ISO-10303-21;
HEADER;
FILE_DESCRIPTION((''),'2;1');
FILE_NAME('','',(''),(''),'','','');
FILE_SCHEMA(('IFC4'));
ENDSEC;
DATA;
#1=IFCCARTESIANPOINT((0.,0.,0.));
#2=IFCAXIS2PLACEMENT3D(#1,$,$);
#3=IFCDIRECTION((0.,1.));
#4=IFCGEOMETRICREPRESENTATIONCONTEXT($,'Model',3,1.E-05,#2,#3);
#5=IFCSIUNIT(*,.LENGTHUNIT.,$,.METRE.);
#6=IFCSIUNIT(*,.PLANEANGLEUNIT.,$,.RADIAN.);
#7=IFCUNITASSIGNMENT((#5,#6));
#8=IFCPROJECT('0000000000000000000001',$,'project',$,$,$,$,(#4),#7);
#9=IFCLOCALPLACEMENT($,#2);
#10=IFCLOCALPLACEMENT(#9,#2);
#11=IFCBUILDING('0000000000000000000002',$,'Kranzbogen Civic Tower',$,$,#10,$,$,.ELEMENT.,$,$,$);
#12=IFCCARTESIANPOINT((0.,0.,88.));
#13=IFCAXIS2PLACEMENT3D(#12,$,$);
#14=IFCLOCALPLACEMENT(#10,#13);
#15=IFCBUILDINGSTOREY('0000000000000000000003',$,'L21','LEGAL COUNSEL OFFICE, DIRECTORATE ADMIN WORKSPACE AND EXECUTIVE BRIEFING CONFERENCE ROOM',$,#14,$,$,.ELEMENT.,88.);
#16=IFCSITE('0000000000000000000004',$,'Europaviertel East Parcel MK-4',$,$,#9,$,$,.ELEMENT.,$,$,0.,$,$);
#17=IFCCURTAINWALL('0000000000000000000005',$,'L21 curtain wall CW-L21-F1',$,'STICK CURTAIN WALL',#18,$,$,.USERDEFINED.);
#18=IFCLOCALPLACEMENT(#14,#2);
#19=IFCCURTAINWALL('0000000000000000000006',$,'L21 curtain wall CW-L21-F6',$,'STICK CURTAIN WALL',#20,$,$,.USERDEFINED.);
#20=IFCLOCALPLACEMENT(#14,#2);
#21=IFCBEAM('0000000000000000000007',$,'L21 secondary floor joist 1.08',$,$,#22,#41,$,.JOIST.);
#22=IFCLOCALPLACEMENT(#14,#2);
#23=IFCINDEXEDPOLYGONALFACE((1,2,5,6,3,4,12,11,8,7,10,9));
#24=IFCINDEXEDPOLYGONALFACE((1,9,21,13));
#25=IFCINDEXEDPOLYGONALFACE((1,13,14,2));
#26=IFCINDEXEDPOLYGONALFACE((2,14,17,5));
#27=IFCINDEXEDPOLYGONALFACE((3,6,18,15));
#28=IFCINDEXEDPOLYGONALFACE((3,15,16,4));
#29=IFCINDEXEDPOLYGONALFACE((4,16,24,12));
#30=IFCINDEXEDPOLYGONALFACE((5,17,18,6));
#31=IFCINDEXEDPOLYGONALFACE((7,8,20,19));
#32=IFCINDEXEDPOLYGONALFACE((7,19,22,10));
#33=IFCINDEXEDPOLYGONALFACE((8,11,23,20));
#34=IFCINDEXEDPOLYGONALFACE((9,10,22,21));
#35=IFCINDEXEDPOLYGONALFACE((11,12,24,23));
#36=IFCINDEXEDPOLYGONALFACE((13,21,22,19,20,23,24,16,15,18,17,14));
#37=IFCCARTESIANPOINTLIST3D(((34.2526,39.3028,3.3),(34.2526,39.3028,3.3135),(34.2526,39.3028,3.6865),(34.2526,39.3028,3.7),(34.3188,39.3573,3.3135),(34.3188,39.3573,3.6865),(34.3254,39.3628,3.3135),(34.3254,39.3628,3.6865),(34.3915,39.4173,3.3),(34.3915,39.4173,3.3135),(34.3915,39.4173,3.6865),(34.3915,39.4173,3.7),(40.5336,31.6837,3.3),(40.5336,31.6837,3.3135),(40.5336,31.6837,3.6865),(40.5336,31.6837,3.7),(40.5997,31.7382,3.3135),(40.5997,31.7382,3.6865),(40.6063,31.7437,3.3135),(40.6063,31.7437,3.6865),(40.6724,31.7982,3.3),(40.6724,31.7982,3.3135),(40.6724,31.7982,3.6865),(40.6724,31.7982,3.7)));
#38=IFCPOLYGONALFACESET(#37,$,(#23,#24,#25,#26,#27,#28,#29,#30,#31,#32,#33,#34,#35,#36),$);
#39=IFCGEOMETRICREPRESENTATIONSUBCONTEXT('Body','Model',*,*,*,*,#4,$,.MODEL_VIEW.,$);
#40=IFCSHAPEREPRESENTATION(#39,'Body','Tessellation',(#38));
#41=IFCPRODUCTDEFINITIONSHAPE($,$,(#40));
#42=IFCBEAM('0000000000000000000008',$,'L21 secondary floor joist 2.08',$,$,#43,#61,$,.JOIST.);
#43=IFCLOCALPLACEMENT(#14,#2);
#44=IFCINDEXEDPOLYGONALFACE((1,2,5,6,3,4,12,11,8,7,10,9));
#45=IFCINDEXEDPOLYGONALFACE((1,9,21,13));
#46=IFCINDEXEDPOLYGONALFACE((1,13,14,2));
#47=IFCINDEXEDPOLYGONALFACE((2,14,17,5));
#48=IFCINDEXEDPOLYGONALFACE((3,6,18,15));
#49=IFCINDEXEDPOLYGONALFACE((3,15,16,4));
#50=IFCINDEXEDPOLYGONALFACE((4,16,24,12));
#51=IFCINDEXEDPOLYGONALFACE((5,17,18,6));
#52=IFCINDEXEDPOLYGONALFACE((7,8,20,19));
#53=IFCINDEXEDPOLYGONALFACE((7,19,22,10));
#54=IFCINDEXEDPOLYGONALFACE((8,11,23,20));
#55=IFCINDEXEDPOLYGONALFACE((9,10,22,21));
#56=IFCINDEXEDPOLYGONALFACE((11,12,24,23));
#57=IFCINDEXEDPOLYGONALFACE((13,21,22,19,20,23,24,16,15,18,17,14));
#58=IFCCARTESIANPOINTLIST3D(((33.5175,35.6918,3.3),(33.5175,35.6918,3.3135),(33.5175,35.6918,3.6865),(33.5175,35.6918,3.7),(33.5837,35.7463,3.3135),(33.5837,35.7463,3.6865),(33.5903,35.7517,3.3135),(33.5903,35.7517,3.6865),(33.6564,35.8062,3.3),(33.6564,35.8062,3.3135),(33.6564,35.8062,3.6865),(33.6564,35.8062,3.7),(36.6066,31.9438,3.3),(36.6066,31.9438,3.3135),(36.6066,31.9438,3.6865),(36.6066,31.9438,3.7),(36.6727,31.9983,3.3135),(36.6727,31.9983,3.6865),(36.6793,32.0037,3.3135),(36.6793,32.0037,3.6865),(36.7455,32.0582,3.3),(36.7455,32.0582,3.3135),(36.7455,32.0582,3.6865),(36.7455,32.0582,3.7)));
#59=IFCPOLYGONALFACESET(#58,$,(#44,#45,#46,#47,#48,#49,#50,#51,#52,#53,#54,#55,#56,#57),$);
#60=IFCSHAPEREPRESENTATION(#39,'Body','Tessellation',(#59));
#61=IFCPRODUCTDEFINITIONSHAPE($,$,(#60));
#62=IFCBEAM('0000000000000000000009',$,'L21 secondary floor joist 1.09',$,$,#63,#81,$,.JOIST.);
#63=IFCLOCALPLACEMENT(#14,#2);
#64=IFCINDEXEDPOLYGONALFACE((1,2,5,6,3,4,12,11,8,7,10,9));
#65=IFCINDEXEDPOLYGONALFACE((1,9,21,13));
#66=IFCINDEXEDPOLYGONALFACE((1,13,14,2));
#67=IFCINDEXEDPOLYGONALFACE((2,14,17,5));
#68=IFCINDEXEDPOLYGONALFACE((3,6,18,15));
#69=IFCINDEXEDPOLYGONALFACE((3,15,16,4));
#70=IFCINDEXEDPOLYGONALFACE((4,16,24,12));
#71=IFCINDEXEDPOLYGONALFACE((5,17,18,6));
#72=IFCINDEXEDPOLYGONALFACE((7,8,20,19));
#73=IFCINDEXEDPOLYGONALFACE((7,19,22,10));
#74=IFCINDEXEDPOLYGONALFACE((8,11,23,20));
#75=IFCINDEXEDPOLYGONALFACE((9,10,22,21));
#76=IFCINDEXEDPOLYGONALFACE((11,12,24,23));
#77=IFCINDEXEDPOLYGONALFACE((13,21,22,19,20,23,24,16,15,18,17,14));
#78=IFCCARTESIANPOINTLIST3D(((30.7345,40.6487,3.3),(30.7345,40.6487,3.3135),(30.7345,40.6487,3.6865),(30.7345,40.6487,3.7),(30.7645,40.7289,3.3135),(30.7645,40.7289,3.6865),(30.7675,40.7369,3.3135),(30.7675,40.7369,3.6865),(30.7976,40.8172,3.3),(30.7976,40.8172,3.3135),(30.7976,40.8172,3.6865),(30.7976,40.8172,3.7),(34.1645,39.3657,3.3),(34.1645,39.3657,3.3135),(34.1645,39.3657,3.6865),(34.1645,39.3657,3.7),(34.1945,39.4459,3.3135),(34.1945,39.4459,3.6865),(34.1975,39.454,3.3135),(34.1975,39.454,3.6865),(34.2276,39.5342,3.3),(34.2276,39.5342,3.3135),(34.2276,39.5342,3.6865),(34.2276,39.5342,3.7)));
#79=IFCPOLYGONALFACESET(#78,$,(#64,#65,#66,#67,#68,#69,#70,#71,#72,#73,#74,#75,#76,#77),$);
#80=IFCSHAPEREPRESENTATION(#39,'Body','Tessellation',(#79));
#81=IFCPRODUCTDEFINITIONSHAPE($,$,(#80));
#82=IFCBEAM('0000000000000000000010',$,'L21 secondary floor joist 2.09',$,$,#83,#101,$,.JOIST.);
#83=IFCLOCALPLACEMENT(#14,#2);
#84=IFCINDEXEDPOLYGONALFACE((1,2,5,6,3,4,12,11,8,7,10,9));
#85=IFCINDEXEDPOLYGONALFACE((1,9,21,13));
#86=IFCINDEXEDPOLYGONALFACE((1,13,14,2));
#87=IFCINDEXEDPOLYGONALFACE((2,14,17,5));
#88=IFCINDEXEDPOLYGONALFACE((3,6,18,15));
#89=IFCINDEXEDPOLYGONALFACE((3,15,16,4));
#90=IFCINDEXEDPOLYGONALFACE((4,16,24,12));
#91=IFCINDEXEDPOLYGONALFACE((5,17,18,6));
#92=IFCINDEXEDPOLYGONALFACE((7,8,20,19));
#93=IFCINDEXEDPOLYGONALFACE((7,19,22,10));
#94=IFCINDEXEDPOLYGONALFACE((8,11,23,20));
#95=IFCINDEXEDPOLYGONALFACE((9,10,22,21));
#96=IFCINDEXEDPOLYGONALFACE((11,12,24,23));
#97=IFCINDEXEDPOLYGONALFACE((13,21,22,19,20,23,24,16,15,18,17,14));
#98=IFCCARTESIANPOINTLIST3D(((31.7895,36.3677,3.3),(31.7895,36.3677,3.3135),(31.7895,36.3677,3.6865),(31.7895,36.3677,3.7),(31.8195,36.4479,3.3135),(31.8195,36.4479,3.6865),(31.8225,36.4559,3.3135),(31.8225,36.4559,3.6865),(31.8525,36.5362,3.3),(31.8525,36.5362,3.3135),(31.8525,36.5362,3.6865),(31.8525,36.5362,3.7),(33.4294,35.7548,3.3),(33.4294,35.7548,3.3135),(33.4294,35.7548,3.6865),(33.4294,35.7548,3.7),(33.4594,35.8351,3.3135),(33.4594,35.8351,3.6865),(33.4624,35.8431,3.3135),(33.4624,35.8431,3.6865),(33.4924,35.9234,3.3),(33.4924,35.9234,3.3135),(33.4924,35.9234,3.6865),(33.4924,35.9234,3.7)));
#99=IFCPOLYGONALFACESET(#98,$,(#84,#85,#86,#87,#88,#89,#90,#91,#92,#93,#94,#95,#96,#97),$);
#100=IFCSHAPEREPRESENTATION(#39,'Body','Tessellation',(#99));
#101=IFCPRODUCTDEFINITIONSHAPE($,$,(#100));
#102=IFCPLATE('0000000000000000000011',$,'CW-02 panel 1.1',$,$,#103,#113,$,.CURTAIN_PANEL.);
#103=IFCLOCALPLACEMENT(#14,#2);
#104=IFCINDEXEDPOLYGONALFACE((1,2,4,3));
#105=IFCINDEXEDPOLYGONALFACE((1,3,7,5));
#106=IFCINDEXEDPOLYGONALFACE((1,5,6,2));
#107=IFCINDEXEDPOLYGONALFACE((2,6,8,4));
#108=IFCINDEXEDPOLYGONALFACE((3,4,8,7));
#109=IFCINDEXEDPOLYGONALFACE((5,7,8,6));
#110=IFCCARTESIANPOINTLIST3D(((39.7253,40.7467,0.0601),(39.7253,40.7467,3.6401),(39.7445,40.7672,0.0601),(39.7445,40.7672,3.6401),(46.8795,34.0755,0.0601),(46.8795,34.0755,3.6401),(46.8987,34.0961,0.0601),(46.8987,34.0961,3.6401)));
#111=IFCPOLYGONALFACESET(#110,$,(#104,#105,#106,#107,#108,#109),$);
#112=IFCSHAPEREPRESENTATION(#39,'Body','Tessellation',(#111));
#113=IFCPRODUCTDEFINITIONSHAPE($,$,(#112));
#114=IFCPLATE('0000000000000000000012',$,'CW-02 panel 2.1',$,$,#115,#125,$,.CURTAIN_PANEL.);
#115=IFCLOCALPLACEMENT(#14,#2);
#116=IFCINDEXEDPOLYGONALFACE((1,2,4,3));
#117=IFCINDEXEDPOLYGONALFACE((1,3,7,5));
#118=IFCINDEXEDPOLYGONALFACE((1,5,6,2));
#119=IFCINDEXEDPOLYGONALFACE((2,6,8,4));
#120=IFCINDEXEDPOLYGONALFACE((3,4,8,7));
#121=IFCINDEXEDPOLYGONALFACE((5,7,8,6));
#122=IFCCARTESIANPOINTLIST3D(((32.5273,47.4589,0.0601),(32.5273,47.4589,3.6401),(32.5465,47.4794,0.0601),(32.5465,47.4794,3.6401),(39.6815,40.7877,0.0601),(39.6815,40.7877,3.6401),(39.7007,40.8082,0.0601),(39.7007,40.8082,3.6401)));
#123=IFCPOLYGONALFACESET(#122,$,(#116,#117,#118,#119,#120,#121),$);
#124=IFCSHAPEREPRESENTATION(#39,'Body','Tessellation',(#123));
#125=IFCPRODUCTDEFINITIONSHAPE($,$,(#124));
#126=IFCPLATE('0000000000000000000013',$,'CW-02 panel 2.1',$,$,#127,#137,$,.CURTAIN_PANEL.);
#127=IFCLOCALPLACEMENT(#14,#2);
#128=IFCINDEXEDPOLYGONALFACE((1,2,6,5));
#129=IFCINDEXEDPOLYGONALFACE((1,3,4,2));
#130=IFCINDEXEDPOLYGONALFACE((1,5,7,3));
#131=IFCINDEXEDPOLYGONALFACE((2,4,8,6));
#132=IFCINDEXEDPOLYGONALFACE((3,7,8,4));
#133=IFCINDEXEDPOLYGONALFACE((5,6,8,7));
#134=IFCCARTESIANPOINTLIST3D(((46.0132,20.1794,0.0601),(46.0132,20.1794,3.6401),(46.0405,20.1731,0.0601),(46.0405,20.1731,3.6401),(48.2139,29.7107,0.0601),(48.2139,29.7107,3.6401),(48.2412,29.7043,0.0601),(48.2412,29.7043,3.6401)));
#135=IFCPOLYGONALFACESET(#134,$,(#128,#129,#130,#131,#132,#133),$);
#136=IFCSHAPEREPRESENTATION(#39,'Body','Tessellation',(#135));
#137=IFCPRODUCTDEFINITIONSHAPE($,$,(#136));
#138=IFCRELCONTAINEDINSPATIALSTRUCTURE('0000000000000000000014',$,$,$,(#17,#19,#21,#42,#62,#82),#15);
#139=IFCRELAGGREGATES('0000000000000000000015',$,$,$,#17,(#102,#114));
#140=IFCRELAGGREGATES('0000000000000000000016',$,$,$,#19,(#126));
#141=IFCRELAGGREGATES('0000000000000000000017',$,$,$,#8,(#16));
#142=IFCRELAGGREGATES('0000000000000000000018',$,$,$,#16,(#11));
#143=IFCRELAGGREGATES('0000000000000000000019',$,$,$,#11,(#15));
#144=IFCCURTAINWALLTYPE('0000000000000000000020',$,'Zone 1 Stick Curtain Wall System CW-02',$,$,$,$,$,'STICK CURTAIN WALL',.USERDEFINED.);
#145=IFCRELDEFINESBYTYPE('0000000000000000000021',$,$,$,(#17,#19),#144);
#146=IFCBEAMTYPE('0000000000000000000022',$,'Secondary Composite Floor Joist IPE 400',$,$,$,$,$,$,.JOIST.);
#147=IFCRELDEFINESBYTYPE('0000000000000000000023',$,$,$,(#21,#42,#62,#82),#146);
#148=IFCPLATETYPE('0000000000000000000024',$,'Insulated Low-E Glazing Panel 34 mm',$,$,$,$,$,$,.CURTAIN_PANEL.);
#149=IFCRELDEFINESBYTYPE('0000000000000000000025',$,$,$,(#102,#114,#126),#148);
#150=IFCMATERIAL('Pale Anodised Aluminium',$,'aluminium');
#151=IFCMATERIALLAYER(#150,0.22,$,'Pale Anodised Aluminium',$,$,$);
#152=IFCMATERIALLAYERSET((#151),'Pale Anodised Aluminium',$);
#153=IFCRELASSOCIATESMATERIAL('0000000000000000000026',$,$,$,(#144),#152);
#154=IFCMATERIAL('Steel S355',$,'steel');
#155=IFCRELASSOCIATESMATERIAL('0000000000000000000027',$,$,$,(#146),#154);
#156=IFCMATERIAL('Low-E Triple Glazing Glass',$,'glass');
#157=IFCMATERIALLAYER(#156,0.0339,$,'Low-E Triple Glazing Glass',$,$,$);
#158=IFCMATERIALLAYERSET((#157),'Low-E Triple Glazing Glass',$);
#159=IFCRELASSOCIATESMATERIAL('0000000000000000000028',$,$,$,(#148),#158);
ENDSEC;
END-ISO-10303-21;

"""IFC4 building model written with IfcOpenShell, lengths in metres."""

from ifc_helpers import new_model, si_unit, direction, frame, origin, origin_2d, place, context, subcontext, project, spatial, rectangle, i_section, extrude, material, layer, layer_set, material_profile, profile_set, type_object, element, aggregate, save


model = new_model("IFC4")

# Units and contexts
model_context = context("Model", 3, precision=1e-05, world=origin(), true_north=direction((0.0, 1.0)))
body_context = subcontext(model_context, "Body", "Model", "MODEL_VIEW")
ifc_project = project(units=[si_unit("LENGTHUNIT", "METRE"), si_unit("PLANEANGLEUNIT", "RADIAN")], contexts=[model_context])

# Site, building, storey
site_placement = place(None, origin())
site = spatial("IfcSite", under=ifc_project, at=site_placement, Name="Europaviertel East Parcel MK-4", CompositionType="ELEMENT", RefElevation=0.0)
building_placement = place(site_placement, origin())
building = spatial("IfcBuilding", under=site, at=building_placement, Name="Kranzbogen Civic Tower", CompositionType="ELEMENT")
storey_placement = place(building_placement, frame((0.0, 0.0, 88.0)))
storey = spatial("IfcBuildingStorey", under=building, at=storey_placement, Name="L21", Description="LEGAL COUNSEL OFFICE, DIRECTORATE ADMIN WORKSPACE AND EXECUTIVE BRIEFING CONFERENCE ROOM", CompositionType="ELEMENT", Elevation=88.0)

# Shared definitions
ifc_material_1 = material(Name="Steel S355", Category="steel")

# Curtain wall
ifc_material_2 = material(Name="Pale Anodised Aluminium", Category="aluminium")
ifc_layer_1 = layer(ifc_material_2, 0.22, Name="Pale Anodised Aluminium")
ifc_layer_set_1 = layer_set([ifc_layer_1], Name="Pale Anodised Aluminium")
curtain_wall_type = type_object("IfcCurtainWallType", Name="Zone 1 Stick Curtain Wall System CW-02", ElementType="STICK CURTAIN WALL", PredefinedType="USERDEFINED", material=ifc_layer_set_1)
curtain_wall_1_placement = place(storey_placement, origin())
curtain_wall_1 = element("IfcCurtainWall", 1, at=curtain_wall_1_placement, inside=storey, type_object=curtain_wall_type, Name="L21 curtain wall CW-L21-F1", ObjectType="STICK CURTAIN WALL", PredefinedType="USERDEFINED")

# Curtain wall
curtain_wall_2_placement = place(storey_placement, origin())
curtain_wall_2 = element("IfcCurtainWall", 2, at=curtain_wall_2_placement, inside=storey, type_object=curtain_wall_type, Name="L21 curtain wall CW-L21-F6", ObjectType="STICK CURTAIN WALL", PredefinedType="USERDEFINED")

# Beams
ifc_material_profile_1 = material_profile(ifc_material_1, i_section(OverallWidth=0.1799, OverallDepth=0.3999, WebThickness=0.0085, FlangeThickness=0.0134, at=origin_2d()), Name="IPE 400")
ifc_profile_set_1 = profile_set([ifc_material_profile_1], Name="Steel S355")
beam_type_1 = type_object("IfcBeamType", Name="Secondary Composite Floor Joist IPE 400", PredefinedType="JOIST", material=ifc_profile_set_1)
beam_1_placement = place(storey_placement, frame((40.603, 31.741, 3.5), z_axis=(-0.636095, 0.771611, 0.0), x_axis=(-0.771611, -0.636095, 0.0)))
element("IfcBeam", 3, at=beam_1_placement, inside=storey, type_object=beam_type_1, Name="L21 secondary floor joist 1.08", PredefinedType="JOIST", context=body_context, shape_type="SweptSolid", body=[
    extrude(i_section(OverallWidth=0.1799, OverallDepth=0.3999, WebThickness=0.0085, FlangeThickness=0.0134, at=origin_2d()), origin(), (0.0, 0.0, 1.0), 9.8743),
])
beam_2_placement = place(storey_placement, frame((36.676, 32.001, 3.5), z_axis=(-0.636012, 0.771679, 0.0), x_axis=(-0.771679, -0.636012, 0.0)))
element("IfcBeam", 4, at=beam_2_placement, inside=storey, type_object=beam_type_1, Name="L21 secondary floor joist 2.08", PredefinedType="JOIST", context=body_context, shape_type="SweptSolid", body=[
    extrude(i_section(OverallWidth=0.1799, OverallDepth=0.3999, WebThickness=0.0085, FlangeThickness=0.0134, at=origin_2d()), origin(), (0.0, 0.0, 1.0), 4.8569),
])
beam_3_placement = place(storey_placement, frame((34.196, 39.45, 3.5), z_axis=(-0.936622, 0.350342, 0.0), x_axis=(-0.350342, -0.936622, 0.0)))
element("IfcBeam", 5, at=beam_3_placement, inside=storey, type_object=beam_type_1, Name="L21 secondary floor joist 1.09", PredefinedType="JOIST", context=body_context, shape_type="SweptSolid", body=[
    extrude(i_section(OverallWidth=0.1799, OverallDepth=0.3999, WebThickness=0.0085, FlangeThickness=0.0134, at=origin_2d()), origin(), (0.0, 0.0, 1.0), 3.6621),
])
beam_4_placement = place(storey_placement, frame((33.4609, 35.8391, 3.5), z_axis=(-0.936735, 0.350038, 0.0), x_axis=(-0.350038, -0.936735, 0.0)))
element("IfcBeam", 6, at=beam_4_placement, inside=storey, type_object=beam_type_1, Name="L21 secondary floor joist 2.09", PredefinedType="JOIST", context=body_context, shape_type="SweptSolid", body=[
    extrude(i_section(OverallWidth=0.1799, OverallDepth=0.3999, WebThickness=0.0085, FlangeThickness=0.0134, at=origin_2d()), origin(), (0.0, 0.0, 1.0), 1.7507),
])

# Plates
ifc_material_3 = material(Name="Low-E Triple Glazing Glass", Category="glass")
ifc_layer_2 = layer(ifc_material_3, 0.0339, Name="Low-E Triple Glazing Glass")
ifc_layer_set_2 = layer_set([ifc_layer_2], Name="Low-E Triple Glazing Glass")
plate_type = type_object("IfcPlateType", Name="Insulated Low-E Glazing Panel 34 mm", PredefinedType="CURTAIN_PANEL", material=ifc_layer_set_2)
plate_1_placement = place(storey_placement, frame((43.312, 37.4214, 0.0601), z_axis=(0.0, 0.0, 1.0), x_axis=(-0.731367, 0.681984, 0.0)))
plate_1 = element("IfcPlate", 7, at=plate_1_placement, type_object=plate_type, Name="CW-02 panel 1.1", PredefinedType="CURTAIN_PANEL", context=body_context, shape_type="SweptSolid", body=[
    extrude(rectangle(XDim=9.782, YDim=0.0281, at=origin_2d()), origin(), (0.0, 0.0, 1.0), 3.5801),
])
plate_2_placement = place(storey_placement, frame((36.114, 44.1335, 0.0601), z_axis=(0.0, 0.0, 1.0), x_axis=(-0.731367, 0.681984, 0.0)))
plate_2 = element("IfcPlate", 8, at=plate_2_placement, type_object=plate_type, Name="CW-02 panel 2.1", PredefinedType="CURTAIN_PANEL", context=body_context, shape_type="SweptSolid", body=[
    extrude(rectangle(XDim=9.782, YDim=0.0281, at=origin_2d()), origin(), (0.0, 0.0, 1.0), 3.5801),
])
aggregate(curtain_wall_1, [plate_1, plate_2])
plate_3_placement = place(storey_placement, frame((47.1272, 24.9419, 0.0601), z_axis=(0.0, 0.0, 1.0), x_axis=(0.224978, 0.974364, 0.0)))
plate_3 = element("IfcPlate", 9, at=plate_3_placement, type_object=plate_type, Name="CW-02 panel 2.1", PredefinedType="CURTAIN_PANEL", context=body_context, shape_type="SweptSolid", body=[
    extrude(rectangle(XDim=9.782, YDim=0.0281, at=origin_2d()), origin(), (0.0, 0.0, 1.0), 3.5801),
])
aggregate(curtain_wall_2, [plate_3])

save(model, "model.ifc")
